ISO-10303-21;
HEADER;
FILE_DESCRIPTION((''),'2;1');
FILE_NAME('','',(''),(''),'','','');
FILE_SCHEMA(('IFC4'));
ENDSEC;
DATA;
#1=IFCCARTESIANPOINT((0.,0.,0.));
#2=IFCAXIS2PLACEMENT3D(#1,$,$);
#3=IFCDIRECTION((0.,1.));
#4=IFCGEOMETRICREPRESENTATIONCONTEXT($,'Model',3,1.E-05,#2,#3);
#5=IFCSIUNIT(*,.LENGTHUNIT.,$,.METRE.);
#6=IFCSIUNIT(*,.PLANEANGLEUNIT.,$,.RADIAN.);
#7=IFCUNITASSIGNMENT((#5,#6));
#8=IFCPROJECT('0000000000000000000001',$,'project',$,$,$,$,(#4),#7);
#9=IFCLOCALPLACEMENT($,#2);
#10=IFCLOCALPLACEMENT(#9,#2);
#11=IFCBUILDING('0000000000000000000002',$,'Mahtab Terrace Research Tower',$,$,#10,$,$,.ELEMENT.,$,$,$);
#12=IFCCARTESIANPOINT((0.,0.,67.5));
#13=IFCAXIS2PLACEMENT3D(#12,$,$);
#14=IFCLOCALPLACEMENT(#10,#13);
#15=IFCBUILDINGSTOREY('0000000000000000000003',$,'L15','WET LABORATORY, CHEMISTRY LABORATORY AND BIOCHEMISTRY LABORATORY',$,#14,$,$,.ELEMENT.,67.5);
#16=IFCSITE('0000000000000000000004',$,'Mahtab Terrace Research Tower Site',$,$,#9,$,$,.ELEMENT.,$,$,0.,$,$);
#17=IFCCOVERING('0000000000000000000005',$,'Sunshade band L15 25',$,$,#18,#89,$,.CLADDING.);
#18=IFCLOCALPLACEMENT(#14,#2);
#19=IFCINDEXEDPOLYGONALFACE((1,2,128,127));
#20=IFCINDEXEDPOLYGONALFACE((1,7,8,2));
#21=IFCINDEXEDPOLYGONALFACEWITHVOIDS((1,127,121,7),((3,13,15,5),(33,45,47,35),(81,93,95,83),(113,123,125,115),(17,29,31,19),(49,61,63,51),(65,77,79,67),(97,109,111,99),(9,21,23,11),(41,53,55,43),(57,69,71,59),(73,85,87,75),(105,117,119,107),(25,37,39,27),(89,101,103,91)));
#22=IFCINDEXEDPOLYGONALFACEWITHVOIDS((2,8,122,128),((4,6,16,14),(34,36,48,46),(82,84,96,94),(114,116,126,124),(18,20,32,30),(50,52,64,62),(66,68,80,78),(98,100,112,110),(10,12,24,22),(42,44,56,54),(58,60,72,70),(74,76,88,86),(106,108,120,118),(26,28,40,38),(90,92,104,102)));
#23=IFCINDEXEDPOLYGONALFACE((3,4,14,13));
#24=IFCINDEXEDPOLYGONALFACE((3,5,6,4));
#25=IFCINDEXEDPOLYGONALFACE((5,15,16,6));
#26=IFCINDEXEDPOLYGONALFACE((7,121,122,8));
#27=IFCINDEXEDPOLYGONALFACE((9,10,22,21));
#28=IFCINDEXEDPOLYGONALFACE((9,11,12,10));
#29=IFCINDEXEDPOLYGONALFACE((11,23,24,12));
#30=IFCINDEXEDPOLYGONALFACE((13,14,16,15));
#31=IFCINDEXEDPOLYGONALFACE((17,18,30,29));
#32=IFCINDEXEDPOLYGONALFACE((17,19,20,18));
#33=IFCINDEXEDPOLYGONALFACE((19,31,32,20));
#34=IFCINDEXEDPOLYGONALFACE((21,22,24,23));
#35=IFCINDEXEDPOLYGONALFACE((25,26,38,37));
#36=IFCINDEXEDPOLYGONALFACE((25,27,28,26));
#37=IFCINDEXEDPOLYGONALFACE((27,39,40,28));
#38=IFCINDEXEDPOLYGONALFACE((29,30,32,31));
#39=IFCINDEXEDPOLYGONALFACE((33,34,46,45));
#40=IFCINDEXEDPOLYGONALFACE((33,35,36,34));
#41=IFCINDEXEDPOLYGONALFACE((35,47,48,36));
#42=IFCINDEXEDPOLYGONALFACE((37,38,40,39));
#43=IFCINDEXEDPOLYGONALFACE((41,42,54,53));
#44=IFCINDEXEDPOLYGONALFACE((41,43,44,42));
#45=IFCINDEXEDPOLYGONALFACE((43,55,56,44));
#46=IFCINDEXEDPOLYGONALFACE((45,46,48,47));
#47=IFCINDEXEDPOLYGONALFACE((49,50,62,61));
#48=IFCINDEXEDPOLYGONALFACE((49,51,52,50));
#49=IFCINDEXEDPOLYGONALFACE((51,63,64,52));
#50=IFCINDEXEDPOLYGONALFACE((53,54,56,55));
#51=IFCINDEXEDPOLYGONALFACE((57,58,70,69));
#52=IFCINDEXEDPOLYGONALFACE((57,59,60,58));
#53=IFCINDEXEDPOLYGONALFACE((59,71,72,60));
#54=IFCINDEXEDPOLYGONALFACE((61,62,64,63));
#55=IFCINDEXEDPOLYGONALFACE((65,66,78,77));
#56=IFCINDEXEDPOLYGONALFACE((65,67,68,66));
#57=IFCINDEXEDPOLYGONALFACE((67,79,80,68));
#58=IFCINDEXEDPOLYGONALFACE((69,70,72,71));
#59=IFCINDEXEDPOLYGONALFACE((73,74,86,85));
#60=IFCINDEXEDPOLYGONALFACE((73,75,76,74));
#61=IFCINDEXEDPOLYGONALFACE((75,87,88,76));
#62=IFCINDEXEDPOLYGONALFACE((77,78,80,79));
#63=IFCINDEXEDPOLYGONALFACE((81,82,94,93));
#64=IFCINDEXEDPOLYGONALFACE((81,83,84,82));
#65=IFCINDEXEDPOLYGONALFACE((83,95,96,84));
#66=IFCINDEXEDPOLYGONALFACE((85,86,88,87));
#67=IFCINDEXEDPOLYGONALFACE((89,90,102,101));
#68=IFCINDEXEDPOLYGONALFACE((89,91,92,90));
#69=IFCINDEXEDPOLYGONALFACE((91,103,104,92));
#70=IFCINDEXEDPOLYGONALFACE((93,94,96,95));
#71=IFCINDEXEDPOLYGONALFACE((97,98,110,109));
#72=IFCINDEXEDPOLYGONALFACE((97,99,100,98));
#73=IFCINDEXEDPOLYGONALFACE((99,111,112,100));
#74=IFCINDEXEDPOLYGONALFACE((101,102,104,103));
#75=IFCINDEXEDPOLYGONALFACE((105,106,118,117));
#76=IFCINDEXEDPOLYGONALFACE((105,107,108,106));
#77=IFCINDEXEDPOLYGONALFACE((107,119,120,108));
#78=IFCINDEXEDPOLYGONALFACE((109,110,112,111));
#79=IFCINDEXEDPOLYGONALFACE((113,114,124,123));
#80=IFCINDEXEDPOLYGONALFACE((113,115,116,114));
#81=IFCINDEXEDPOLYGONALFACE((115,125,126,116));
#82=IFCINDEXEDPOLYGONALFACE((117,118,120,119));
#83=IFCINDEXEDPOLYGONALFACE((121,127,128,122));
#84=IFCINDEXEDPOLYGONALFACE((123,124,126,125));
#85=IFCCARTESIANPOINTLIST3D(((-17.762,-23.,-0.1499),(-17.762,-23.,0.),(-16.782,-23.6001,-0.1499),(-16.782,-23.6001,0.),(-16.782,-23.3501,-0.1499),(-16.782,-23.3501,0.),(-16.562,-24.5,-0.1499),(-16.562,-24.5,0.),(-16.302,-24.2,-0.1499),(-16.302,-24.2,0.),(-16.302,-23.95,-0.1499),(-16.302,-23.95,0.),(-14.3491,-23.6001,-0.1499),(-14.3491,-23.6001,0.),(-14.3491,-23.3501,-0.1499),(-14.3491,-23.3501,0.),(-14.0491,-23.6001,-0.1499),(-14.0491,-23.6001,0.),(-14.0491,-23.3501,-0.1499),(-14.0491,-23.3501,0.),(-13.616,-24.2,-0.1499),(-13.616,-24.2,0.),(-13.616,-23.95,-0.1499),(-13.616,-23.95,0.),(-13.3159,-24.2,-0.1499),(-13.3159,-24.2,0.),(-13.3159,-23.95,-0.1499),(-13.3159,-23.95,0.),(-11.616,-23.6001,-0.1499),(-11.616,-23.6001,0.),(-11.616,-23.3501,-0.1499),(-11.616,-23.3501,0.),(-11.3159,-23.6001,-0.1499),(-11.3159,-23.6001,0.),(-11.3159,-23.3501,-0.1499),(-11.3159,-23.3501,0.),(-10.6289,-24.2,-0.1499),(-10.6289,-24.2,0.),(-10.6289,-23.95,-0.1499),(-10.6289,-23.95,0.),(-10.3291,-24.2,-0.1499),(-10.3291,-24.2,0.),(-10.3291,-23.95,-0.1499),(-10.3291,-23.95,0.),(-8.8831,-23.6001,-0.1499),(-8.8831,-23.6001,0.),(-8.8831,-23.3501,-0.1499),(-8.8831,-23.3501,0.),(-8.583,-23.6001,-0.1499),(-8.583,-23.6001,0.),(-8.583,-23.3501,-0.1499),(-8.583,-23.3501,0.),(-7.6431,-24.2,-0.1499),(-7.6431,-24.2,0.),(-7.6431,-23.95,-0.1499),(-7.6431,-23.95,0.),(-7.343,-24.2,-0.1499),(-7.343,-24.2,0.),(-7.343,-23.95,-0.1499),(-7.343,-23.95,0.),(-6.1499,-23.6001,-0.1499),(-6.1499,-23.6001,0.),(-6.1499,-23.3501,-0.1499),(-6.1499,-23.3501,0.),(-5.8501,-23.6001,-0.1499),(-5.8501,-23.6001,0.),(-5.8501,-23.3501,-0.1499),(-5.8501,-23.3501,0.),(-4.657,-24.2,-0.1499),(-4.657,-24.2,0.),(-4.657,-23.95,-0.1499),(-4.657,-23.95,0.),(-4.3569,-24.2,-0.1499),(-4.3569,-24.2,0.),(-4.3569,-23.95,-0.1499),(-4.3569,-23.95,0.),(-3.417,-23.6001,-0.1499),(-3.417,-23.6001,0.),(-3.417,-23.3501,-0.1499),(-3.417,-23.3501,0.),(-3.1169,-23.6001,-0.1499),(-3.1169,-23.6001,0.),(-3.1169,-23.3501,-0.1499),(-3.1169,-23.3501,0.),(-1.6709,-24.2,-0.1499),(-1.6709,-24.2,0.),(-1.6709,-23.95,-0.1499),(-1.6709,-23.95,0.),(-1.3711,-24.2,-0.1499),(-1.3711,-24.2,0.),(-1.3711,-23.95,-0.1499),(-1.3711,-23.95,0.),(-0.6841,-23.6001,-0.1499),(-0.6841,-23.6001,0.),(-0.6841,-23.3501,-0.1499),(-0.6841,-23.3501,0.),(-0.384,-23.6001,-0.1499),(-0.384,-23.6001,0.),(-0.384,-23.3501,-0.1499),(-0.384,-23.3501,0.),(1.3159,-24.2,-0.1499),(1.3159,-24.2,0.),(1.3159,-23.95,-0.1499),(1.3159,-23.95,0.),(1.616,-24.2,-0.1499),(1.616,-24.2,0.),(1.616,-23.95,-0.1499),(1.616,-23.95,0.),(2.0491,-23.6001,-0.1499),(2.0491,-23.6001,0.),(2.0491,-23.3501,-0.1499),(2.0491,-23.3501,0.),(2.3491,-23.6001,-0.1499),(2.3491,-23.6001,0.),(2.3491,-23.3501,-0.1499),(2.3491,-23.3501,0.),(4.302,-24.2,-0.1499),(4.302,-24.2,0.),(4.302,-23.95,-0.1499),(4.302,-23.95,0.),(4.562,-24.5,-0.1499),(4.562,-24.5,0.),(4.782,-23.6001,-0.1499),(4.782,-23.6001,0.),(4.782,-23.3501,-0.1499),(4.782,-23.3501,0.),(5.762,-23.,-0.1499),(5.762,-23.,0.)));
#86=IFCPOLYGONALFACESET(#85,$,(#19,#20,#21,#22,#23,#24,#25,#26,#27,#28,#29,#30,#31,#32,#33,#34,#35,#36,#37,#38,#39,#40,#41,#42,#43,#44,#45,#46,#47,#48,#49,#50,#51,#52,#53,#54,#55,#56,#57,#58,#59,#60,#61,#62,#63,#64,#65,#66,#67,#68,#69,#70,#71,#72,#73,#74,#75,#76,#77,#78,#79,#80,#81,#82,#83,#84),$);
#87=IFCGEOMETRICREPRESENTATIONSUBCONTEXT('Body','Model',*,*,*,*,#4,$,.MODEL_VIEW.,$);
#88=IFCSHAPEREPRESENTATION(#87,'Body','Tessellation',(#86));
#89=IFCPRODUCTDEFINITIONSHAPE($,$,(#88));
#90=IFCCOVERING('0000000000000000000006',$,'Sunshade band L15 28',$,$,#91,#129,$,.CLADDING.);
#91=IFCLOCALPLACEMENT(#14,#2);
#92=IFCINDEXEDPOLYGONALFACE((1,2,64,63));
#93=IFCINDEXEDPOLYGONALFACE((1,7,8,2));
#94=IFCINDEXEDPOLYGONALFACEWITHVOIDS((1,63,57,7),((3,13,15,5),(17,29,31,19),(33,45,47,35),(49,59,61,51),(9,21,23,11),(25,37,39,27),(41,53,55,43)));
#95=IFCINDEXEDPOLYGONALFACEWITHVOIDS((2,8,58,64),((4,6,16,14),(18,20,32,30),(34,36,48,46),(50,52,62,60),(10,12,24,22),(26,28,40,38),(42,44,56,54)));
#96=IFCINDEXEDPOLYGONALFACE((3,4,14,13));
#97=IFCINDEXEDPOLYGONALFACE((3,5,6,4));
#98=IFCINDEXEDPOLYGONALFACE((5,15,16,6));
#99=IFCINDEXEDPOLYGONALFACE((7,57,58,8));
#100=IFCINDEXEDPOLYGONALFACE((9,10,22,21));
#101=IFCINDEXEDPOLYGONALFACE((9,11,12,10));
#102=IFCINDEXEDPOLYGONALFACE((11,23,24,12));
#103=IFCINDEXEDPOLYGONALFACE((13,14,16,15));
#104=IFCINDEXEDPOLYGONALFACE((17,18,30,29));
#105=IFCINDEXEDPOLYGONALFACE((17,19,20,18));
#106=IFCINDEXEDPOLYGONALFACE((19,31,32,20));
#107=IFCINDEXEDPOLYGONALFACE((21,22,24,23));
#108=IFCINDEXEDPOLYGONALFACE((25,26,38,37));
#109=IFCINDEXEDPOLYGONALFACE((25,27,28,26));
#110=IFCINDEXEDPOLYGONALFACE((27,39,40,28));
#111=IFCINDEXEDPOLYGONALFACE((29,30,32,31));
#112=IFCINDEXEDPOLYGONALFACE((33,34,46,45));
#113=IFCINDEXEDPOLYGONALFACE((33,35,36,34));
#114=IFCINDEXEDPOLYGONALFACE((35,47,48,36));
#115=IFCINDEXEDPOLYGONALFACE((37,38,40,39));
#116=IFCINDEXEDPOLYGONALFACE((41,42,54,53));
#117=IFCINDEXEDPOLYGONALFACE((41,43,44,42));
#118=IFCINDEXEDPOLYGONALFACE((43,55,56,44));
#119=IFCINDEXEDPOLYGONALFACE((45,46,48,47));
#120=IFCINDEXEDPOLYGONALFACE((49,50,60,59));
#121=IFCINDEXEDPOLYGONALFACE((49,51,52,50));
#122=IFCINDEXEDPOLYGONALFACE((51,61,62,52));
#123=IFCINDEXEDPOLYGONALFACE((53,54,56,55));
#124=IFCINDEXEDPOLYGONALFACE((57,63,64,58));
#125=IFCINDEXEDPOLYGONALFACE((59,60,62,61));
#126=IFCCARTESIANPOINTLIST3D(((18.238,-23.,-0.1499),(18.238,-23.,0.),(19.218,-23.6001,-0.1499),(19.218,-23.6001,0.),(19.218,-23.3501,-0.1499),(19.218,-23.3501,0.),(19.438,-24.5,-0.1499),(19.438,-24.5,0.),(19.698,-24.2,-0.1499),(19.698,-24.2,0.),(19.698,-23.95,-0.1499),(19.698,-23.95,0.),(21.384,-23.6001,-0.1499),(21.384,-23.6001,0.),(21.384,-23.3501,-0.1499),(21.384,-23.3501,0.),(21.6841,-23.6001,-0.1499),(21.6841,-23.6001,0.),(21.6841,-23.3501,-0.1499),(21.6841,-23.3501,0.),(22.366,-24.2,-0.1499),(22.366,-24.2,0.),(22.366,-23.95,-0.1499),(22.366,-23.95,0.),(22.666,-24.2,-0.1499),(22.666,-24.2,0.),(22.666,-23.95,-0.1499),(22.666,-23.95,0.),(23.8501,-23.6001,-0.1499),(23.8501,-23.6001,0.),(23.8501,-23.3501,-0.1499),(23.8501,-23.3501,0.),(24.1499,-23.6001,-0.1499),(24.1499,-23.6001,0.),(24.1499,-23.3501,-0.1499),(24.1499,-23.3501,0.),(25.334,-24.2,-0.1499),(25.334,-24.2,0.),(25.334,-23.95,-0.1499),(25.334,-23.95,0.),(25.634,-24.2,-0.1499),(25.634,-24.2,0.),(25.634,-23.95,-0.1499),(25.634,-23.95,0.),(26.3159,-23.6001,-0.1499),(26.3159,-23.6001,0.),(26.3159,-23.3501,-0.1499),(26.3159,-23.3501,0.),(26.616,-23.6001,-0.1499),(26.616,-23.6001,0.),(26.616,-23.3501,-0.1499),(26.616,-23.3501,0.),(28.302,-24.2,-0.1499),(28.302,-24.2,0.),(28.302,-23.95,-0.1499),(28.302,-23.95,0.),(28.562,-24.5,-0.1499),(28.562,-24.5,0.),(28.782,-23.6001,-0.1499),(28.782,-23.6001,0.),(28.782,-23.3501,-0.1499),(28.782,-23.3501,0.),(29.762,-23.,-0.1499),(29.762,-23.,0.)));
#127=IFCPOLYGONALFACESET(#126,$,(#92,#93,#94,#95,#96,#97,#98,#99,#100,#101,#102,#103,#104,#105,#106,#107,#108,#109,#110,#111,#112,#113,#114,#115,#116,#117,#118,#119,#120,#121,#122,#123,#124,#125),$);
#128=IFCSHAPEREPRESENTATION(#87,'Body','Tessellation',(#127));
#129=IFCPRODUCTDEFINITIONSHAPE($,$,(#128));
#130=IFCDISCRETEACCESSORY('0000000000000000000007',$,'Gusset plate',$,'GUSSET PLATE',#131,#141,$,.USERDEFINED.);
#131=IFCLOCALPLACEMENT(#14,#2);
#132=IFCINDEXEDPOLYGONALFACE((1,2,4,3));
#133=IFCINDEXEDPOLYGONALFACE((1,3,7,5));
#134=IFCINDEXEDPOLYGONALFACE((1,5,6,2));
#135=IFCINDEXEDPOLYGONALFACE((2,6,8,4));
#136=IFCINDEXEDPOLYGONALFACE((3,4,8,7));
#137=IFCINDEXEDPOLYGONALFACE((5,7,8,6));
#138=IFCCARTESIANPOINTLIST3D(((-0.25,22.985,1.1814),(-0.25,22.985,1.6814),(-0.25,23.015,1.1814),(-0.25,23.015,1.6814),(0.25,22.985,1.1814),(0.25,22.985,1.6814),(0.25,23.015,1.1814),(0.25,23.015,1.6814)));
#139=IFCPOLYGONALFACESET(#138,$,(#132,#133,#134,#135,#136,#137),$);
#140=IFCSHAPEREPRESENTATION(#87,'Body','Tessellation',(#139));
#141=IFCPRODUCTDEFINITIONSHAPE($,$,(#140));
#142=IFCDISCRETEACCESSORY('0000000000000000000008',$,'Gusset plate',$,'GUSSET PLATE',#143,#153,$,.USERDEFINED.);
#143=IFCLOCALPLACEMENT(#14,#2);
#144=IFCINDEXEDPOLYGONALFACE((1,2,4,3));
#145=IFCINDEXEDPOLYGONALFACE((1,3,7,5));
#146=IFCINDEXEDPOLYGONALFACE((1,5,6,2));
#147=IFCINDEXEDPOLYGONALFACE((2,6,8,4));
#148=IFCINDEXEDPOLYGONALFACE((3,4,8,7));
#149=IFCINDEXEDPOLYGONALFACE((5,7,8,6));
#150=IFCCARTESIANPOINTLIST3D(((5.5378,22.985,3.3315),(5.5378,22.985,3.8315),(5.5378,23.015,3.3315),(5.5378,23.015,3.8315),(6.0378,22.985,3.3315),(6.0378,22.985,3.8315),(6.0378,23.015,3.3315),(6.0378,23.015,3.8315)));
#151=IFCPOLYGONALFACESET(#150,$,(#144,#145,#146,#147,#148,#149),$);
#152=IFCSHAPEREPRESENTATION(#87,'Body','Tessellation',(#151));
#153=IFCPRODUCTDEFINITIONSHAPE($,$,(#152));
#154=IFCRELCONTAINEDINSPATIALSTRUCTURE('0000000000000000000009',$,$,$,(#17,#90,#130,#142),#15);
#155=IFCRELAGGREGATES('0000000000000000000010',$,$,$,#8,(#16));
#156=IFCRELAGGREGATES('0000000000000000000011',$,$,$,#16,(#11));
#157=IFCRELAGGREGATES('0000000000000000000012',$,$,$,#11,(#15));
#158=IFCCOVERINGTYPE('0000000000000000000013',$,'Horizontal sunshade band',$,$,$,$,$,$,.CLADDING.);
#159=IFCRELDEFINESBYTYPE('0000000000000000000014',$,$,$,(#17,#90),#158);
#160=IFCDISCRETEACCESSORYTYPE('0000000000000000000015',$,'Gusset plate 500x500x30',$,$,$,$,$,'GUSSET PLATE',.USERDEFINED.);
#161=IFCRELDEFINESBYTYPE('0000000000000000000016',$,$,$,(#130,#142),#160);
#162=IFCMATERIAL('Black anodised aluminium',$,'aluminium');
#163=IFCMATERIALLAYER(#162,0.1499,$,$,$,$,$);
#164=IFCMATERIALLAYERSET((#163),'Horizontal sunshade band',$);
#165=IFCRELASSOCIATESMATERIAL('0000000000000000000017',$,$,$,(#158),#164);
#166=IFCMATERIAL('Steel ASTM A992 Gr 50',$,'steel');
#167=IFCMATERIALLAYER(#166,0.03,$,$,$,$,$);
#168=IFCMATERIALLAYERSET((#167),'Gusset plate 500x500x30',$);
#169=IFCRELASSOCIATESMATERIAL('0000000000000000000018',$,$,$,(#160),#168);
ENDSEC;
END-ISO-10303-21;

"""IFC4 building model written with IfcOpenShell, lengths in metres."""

from ifc_helpers import new_model, si_unit, direction, frame, origin, origin_2d, place, context, subcontext, project, spatial, polyline, rectangle, outline, extrude, material, layer, layer_set, type_object, element, save


model = new_model("IFC4")

# Units and contexts
model_context = context("Model", 3, precision=1e-05, world=origin(), true_north=direction((0.0, 1.0)))
body_context = subcontext(model_context, "Body", "Model", "MODEL_VIEW")
ifc_project = project(units=[si_unit("LENGTHUNIT", "METRE"), si_unit("PLANEANGLEUNIT", "RADIAN")], contexts=[model_context])

# Site, building, storey
site_placement = place(None, origin())
site = spatial("IfcSite", under=ifc_project, at=site_placement, Name="Mahtab Terrace Research Tower Site", CompositionType="ELEMENT", RefElevation=0.0)
building_placement = place(site_placement, origin())
building = spatial("IfcBuilding", under=site, at=building_placement, Name="Mahtab Terrace Research Tower", CompositionType="ELEMENT")
storey_placement = place(building_placement, frame((0.0, 0.0, 67.5)))
storey = spatial("IfcBuildingStorey", under=building, at=storey_placement, Name="L15", Description="WET LABORATORY, CHEMISTRY LABORATORY AND BIOCHEMISTRY LABORATORY", CompositionType="ELEMENT", Elevation=67.5)

# Shared definitions
ifc_material_1 = material(Name="Steel ASTM A992 Gr 50", Category="steel")

# Coverings
ifc_material_2 = material(Name="Black anodised aluminium", Category="aluminium")
ifc_layer_1 = layer(ifc_material_2, 0.1499)
ifc_layer_set_1 = layer_set([ifc_layer_1], Name="Horizontal sunshade band")
covering_type_1 = type_object("IfcCoveringType", Name="Horizontal sunshade band", PredefinedType="CLADDING", material=ifc_layer_set_1)
covering_1_placement = place(storey_placement, frame((0.0, 0.0, -0.1499)))
element("IfcCovering", 1, at=covering_1_placement, inside=storey, type_object=covering_type_1, Name="Sunshade band L15 25", PredefinedType="CLADDING", context=body_context, shape_type="SweptSolid", body=[
    extrude(outline(polyline([(-17.762, -23.0), (5.762, -23.0), (4.562, -24.5), (-16.562, -24.5), (-17.762, -23.0)]), holes=[polyline([(-16.782, -23.3501), (-14.3491, -23.3501), (-14.3491, -23.6001), (-16.782, -23.6001), (-16.782, -23.3501)]), polyline([(-14.0491, -23.3501), (-11.616, -23.3501), (-11.616, -23.6001), (-14.0491, -23.6001), (-14.0491, -23.3501)]), polyline([(-11.3159, -23.3501), (-8.8831, -23.3501), (-8.8831, -23.6001), (-11.3159, -23.6001), (-11.3159, -23.3501)]), polyline([(-8.583, -23.3501), (-6.1499, -23.3501), (-6.1499, -23.6001), (-8.583, -23.6001), (-8.583, -23.3501)]), polyline([(-5.8501, -23.3501), (-3.417, -23.3501), (-3.417, -23.6001), (-5.8501, -23.6001), (-5.8501, -23.3501)]), polyline([(-3.1169, -23.3501), (-0.6841, -23.3501), (-0.6841, -23.6001), (-3.1169, -23.6001), (-3.1169, -23.3501)]), polyline([(-0.384, -23.3501), (2.0491, -23.3501), (2.0491, -23.6001), (-0.384, -23.6001), (-0.384, -23.3501)]), polyline([(2.3491, -23.3501), (4.782, -23.3501), (4.782, -23.6001), (2.3491, -23.6001), (2.3491, -23.3501)]), polyline([(-16.302, -23.95), (-13.616, -23.95), (-13.616, -24.2), (-16.302, -24.2), (-16.302, -23.95)]), polyline([(-13.3159, -23.95), (-10.6289, -23.95), (-10.6289, -24.2), (-13.3159, -24.2), (-13.3159, -23.95)]), polyline([(-10.3291, -23.95), (-7.6431, -23.95), (-7.6431, -24.2), (-10.3291, -24.2), (-10.3291, -23.95)]), polyline([(-7.343, -23.95), (-4.657, -23.95), (-4.657, -24.2), (-7.343, -24.2), (-7.343, -23.95)]), polyline([(-4.3569, -23.95), (-1.6709, -23.95), (-1.6709, -24.2), (-4.3569, -24.2), (-4.3569, -23.95)]), polyline([(-1.3711, -23.95), (1.3159, -23.95), (1.3159, -24.2), (-1.3711, -24.2), (-1.3711, -23.95)]), polyline([(1.616, -23.95), (4.302, -23.95), (4.302, -24.2), (1.616, -24.2), (1.616, -23.95)])]), origin(), (0.0, 0.0, 1.0), 0.1499),
])
covering_2_placement = place(storey_placement, frame((0.0, 0.0, -0.1499)))
element("IfcCovering", 2, at=covering_2_placement, inside=storey, type_object=covering_type_1, Name="Sunshade band L15 28", PredefinedType="CLADDING", context=body_context, shape_type="SweptSolid", body=[
    extrude(outline(polyline([(18.238, -23.0), (29.762, -23.0), (28.562, -24.5), (19.438, -24.5), (18.238, -23.0)]), holes=[polyline([(19.218, -23.3501), (21.384, -23.3501), (21.384, -23.6001), (19.218, -23.6001), (19.218, -23.3501)]), polyline([(21.6841, -23.3501), (23.8501, -23.3501), (23.8501, -23.6001), (21.6841, -23.6001), (21.6841, -23.3501)]), polyline([(24.1499, -23.3501), (26.3159, -23.3501), (26.3159, -23.6001), (24.1499, -23.6001), (24.1499, -23.3501)]), polyline([(26.616, -23.3501), (28.782, -23.3501), (28.782, -23.6001), (26.616, -23.6001), (26.616, -23.3501)]), polyline([(19.698, -23.95), (22.366, -23.95), (22.366, -24.2), (19.698, -24.2), (19.698, -23.95)]), polyline([(22.666, -23.95), (25.334, -23.95), (25.334, -24.2), (22.666, -24.2), (22.666, -23.95)]), polyline([(25.634, -23.95), (28.302, -23.95), (28.302, -24.2), (25.634, -24.2), (25.634, -23.95)])]), origin(), (0.0, 0.0, 1.0), 0.1499),
])

# Discrete accessories
ifc_layer_2 = layer(ifc_material_1, 0.03)
ifc_layer_set_2 = layer_set([ifc_layer_2], Name="Gusset plate 500x500x30")
discrete_accessory_type = type_object("IfcDiscreteAccessoryType", Name="Gusset plate 500x500x30", ElementType="GUSSET PLATE", PredefinedType="USERDEFINED", material=ifc_layer_set_2)
for number, where, z_axis, x_axis, name in (
    (3, (0.0, 23.0, 1.1814), (0.0, 0.0, 1.0), (1.0, 0.0, 0.0), "Gusset plate"),
    (4, (5.7878, 23.0, 3.3315), (0.0, 0.0, 1.0), (1.0, 0.0, 0.0), "Gusset plate"),
):
    element("IfcDiscreteAccessory", number, at=place(storey_placement, frame(where, z_axis=z_axis, x_axis=x_axis)), inside=storey, type_object=discrete_accessory_type, Name=name, ObjectType="GUSSET PLATE", PredefinedType="USERDEFINED", context=body_context, shape_type="SweptSolid", body=[
        extrude(rectangle(XDim=0.5, YDim=0.03, at=origin_2d()), origin(), (0.0, 0.0, 1.0), 0.5),
    ])

save(model, "model.ifc")
